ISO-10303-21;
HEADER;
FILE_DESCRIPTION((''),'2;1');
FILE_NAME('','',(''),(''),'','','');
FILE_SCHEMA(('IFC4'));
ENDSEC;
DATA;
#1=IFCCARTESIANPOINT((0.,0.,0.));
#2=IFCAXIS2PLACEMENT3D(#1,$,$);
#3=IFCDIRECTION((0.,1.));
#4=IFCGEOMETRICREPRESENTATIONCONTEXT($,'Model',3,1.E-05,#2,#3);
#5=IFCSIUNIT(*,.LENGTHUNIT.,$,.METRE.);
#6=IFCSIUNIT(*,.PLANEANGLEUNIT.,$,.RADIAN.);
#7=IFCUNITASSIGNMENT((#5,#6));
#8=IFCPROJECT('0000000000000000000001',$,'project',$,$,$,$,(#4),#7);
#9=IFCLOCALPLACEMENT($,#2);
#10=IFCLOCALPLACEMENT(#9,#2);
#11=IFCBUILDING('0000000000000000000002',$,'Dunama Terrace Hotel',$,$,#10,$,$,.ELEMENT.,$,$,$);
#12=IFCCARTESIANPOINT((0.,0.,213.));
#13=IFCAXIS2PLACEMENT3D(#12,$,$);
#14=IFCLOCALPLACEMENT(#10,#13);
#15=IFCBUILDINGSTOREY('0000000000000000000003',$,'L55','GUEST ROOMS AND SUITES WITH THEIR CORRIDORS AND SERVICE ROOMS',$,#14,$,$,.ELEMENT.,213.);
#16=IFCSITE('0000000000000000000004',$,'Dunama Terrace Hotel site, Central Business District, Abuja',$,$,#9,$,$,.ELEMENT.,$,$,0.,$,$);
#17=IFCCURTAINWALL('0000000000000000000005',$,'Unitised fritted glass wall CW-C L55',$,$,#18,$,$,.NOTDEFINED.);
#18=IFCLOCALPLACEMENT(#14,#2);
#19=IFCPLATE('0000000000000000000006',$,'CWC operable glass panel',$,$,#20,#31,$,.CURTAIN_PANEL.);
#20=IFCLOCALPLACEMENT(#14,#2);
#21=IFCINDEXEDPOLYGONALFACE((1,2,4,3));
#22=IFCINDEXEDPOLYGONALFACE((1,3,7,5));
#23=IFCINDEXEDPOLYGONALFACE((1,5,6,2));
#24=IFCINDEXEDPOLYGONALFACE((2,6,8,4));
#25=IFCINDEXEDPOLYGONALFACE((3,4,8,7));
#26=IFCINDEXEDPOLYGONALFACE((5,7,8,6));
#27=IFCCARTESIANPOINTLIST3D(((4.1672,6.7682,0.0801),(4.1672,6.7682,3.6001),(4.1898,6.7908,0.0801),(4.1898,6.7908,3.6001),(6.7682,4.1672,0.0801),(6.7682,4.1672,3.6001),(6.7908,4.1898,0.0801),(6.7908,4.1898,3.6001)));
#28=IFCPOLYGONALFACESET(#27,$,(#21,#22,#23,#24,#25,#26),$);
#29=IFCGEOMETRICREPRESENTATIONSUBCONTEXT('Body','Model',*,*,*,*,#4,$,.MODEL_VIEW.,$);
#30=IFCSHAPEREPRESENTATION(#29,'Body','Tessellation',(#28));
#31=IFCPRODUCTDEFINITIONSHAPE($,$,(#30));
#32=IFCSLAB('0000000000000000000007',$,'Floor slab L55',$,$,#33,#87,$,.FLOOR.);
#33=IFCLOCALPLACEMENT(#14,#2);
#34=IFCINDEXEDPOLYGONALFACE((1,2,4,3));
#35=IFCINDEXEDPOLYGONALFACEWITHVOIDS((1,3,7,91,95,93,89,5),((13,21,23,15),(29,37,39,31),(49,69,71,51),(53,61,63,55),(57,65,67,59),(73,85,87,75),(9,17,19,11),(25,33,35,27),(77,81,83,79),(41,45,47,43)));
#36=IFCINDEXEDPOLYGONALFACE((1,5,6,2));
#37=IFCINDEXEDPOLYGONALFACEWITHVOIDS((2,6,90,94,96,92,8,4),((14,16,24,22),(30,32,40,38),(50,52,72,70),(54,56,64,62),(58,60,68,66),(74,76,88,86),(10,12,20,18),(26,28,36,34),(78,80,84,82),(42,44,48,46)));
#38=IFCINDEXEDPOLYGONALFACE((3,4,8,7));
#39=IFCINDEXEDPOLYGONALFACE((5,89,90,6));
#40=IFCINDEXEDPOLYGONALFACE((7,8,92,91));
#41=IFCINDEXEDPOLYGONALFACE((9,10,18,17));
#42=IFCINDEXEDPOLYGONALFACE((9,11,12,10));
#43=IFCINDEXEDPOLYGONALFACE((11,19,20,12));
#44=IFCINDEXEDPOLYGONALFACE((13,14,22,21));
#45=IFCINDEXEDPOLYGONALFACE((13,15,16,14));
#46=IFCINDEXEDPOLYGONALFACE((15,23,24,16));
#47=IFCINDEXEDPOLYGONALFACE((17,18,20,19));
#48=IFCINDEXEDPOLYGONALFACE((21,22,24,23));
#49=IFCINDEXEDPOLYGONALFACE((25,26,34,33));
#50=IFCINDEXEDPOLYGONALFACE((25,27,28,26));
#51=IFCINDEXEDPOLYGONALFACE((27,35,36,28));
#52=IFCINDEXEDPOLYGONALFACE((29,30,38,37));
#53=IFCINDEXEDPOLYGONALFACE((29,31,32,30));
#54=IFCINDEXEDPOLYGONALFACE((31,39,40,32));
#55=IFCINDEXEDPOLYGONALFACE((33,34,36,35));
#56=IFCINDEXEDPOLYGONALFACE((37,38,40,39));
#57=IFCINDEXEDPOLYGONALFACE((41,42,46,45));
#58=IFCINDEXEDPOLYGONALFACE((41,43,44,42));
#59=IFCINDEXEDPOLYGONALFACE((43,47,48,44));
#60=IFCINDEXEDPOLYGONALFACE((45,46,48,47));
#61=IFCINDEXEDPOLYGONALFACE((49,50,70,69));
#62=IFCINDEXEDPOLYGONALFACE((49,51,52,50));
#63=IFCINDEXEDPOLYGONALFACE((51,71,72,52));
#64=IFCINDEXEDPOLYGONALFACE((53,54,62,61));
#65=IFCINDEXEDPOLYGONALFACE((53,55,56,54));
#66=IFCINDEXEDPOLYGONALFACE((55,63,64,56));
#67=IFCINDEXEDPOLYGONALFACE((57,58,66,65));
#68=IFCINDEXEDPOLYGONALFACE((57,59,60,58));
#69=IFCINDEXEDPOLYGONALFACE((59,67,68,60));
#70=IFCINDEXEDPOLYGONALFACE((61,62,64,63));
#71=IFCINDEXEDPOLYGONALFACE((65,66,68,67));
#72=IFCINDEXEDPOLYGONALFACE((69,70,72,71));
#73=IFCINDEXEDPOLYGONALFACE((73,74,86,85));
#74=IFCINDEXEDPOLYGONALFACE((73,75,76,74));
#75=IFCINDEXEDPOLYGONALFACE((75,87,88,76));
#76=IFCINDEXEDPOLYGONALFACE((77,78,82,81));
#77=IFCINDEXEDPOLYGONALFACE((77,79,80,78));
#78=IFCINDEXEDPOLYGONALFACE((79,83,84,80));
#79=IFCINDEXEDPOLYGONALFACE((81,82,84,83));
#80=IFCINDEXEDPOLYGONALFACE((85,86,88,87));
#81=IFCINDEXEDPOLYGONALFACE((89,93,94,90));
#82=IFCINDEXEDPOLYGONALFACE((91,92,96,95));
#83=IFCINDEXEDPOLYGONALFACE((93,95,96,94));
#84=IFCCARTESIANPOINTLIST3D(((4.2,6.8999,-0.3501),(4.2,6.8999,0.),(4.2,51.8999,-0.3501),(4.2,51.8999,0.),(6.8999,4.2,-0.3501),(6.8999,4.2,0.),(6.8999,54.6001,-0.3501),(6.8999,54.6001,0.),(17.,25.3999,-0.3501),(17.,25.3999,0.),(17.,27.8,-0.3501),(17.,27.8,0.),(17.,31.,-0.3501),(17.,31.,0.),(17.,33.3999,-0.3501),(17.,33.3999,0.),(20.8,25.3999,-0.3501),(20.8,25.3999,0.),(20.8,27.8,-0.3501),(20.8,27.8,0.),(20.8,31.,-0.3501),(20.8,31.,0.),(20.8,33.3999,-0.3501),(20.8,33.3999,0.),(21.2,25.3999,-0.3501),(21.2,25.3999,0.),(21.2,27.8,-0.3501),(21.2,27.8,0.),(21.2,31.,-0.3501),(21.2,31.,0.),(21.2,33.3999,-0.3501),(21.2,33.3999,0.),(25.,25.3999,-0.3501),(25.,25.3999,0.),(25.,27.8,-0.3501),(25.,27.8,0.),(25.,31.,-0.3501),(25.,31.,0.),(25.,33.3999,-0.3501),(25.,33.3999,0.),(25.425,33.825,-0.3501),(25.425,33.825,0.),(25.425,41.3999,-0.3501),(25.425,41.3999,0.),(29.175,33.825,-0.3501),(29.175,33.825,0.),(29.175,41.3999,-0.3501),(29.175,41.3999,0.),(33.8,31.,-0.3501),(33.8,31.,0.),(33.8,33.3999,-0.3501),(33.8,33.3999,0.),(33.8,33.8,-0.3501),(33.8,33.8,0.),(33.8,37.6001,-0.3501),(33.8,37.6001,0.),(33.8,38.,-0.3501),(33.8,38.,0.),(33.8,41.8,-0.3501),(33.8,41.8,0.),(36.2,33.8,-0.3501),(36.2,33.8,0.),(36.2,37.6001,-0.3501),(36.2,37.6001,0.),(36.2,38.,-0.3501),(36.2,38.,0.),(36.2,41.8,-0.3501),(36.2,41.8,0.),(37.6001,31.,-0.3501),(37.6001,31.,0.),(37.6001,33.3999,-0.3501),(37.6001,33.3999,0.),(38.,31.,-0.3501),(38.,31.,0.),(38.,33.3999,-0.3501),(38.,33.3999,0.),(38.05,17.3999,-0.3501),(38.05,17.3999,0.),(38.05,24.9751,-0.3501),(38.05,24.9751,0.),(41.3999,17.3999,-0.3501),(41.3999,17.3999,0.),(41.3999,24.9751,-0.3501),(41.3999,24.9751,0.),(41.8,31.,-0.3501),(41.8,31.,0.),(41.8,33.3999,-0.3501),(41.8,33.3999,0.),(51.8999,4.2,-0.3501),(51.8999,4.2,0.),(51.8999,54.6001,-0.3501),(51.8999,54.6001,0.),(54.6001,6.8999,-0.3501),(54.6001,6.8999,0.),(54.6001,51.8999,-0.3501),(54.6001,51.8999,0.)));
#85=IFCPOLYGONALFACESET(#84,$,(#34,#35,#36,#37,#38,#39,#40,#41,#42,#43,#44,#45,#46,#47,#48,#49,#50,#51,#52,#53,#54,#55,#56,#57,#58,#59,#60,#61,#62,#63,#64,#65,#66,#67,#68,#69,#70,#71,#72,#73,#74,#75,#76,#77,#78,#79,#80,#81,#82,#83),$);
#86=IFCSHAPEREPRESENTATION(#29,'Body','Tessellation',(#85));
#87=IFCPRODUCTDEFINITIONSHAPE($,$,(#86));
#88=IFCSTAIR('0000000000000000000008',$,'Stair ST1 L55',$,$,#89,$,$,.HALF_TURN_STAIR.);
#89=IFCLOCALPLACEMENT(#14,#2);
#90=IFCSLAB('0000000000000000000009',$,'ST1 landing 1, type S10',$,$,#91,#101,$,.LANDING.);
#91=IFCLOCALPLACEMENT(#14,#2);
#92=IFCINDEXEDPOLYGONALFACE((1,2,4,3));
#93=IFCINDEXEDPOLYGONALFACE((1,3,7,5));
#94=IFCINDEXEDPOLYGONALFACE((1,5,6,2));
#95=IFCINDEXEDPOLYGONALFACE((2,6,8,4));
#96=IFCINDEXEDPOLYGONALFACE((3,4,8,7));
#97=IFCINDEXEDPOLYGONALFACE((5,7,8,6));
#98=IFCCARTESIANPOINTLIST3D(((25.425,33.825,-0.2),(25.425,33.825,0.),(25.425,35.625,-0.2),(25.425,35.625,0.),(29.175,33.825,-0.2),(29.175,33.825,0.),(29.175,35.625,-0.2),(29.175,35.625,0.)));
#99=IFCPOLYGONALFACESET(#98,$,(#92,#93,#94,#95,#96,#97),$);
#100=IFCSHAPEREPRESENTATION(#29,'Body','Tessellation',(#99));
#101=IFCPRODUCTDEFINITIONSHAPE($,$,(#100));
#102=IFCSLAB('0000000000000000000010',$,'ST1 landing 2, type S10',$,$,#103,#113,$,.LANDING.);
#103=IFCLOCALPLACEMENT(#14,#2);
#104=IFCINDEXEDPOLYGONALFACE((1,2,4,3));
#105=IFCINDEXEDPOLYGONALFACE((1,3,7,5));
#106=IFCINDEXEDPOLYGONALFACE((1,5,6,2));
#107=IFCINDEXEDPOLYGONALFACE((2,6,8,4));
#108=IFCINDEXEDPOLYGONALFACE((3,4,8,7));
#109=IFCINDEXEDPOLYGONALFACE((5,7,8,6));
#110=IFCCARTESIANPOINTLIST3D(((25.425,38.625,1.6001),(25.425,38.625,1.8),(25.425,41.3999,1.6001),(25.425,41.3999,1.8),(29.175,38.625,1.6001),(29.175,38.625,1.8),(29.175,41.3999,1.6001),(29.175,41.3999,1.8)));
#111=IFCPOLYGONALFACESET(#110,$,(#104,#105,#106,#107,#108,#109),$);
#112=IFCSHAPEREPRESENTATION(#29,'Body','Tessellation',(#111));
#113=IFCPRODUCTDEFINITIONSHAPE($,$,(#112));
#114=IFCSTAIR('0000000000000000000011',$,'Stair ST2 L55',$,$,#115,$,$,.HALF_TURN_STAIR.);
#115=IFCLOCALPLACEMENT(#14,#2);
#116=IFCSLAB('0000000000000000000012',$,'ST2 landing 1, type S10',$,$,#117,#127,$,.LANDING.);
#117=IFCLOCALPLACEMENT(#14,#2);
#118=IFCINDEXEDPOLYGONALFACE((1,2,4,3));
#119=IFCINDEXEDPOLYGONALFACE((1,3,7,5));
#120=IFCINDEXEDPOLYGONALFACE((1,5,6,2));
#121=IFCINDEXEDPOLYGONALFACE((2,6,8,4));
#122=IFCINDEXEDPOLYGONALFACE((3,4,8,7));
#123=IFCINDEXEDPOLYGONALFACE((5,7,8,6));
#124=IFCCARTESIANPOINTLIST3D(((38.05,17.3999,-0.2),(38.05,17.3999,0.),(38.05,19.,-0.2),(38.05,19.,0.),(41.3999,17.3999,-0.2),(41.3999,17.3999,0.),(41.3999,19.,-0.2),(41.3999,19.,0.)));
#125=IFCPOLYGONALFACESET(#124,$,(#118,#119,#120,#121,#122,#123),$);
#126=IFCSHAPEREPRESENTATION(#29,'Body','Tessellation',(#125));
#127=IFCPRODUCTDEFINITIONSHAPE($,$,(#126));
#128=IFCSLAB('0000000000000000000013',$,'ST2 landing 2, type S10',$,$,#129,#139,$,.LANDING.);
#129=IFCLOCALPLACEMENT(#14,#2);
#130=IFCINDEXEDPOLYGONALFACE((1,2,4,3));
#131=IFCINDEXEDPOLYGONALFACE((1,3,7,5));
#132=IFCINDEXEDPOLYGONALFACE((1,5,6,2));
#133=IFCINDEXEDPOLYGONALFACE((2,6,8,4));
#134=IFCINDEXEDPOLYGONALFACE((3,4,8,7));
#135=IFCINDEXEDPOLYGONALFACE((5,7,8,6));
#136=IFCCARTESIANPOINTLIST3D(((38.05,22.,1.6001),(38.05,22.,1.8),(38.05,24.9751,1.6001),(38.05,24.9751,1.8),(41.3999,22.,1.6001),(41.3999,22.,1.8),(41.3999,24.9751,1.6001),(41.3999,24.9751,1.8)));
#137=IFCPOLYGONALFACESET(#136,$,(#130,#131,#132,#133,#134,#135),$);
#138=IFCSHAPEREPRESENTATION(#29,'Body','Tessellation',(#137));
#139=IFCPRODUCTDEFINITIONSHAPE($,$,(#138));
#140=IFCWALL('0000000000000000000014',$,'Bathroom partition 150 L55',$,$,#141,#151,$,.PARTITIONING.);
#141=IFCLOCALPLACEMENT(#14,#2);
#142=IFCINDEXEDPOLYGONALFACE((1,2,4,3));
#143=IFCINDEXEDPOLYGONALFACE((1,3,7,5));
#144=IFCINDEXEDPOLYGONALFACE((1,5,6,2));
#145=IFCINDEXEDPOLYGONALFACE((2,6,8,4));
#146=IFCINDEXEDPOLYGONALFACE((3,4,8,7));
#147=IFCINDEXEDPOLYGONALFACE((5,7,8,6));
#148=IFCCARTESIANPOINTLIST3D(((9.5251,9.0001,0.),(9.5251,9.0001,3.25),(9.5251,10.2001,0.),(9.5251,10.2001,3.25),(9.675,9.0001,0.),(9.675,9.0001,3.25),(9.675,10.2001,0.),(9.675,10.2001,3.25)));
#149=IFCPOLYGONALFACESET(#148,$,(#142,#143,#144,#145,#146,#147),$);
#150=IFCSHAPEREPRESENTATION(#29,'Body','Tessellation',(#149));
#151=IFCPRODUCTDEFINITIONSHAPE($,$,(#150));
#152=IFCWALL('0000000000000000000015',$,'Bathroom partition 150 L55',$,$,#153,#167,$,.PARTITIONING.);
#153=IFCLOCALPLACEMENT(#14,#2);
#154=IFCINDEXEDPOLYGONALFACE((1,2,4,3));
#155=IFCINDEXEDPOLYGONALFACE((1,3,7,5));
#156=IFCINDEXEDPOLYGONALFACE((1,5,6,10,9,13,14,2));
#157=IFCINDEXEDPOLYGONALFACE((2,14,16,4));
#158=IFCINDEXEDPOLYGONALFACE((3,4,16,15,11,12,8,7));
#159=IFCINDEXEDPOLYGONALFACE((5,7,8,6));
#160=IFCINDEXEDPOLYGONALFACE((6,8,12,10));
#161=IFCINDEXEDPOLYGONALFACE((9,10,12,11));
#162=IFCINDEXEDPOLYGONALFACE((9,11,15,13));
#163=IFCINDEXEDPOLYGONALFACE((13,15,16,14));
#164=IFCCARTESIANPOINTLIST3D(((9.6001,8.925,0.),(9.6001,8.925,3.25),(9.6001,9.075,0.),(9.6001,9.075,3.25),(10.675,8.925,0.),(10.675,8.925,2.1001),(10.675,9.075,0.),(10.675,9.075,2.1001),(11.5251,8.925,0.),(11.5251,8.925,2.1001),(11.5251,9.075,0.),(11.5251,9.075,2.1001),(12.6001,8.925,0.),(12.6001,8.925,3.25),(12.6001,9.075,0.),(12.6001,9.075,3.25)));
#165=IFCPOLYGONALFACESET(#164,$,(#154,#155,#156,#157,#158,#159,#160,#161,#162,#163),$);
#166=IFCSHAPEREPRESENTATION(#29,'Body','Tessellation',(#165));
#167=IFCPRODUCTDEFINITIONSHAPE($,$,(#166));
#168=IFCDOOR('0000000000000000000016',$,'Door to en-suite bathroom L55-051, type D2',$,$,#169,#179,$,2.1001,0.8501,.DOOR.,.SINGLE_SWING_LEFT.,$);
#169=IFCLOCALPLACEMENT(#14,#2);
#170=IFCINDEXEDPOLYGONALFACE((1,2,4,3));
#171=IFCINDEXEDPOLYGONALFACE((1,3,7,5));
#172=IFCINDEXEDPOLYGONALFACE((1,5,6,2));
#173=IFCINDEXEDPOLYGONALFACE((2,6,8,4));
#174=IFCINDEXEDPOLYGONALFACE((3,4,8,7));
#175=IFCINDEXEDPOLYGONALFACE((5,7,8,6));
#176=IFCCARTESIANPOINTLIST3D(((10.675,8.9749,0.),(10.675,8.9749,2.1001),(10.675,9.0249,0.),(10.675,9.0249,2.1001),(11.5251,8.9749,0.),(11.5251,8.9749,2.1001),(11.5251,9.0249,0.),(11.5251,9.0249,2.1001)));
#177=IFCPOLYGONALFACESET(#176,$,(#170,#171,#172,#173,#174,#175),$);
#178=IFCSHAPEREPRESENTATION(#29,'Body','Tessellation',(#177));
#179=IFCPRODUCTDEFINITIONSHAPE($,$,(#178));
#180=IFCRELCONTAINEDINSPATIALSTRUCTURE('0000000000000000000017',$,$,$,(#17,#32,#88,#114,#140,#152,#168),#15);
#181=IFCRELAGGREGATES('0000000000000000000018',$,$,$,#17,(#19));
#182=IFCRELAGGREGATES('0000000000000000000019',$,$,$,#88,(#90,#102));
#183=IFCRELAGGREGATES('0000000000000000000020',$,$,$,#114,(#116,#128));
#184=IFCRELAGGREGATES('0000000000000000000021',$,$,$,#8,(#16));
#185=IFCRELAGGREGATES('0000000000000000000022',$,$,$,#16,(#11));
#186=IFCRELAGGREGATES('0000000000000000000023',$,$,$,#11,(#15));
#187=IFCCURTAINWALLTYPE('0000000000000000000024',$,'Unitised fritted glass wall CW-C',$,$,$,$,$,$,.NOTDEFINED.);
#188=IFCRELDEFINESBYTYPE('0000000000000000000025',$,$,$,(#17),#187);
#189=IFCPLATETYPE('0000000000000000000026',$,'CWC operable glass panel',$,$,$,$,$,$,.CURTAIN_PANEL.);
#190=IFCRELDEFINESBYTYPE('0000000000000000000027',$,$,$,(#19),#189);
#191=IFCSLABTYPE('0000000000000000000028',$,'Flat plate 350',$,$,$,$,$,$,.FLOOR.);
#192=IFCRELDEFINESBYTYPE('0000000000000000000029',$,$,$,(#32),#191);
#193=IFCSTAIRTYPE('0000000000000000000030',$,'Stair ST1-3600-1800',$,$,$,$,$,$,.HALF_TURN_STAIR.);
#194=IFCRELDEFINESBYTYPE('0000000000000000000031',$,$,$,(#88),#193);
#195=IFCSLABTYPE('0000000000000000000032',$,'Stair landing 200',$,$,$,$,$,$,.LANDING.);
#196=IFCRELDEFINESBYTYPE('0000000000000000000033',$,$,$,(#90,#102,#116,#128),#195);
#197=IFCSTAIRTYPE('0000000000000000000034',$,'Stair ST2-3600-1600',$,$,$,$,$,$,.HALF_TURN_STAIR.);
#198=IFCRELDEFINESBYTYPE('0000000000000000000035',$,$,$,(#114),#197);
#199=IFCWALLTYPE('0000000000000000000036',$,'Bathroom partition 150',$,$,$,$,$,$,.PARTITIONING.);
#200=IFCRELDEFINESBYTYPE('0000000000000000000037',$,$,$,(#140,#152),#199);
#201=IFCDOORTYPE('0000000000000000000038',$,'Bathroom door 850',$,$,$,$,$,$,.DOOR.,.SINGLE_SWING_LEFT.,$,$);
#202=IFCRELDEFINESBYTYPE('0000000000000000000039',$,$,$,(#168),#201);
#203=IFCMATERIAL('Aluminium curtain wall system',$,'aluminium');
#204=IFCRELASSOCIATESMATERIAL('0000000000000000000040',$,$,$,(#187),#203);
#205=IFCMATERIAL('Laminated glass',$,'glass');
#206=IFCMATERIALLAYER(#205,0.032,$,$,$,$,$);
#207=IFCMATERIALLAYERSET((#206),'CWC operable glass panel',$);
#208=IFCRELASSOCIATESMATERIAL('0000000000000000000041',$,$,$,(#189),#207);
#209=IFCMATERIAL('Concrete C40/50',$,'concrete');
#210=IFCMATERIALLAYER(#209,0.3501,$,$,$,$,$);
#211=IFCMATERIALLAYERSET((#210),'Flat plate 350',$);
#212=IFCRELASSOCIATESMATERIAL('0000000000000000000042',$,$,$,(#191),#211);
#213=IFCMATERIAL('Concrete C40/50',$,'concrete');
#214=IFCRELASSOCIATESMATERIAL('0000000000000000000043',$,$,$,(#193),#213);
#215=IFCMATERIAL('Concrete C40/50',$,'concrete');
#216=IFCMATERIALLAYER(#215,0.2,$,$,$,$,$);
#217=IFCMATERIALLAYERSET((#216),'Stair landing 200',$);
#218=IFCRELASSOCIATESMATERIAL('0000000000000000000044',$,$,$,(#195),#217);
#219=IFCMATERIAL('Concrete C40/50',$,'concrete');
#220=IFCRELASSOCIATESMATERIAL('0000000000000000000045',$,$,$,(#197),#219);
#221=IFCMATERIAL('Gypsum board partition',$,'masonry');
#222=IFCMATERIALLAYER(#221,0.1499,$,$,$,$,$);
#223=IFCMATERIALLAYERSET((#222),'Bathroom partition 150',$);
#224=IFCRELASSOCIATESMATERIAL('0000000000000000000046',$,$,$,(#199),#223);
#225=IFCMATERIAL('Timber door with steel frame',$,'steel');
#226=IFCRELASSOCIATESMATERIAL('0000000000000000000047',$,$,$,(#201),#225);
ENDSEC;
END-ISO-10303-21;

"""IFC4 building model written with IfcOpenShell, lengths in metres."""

from ifc_helpers import new_model, si_unit, direction, frame, frame_2d, origin, origin_2d, place, context, subcontext, project, spatial, polyline, rectangle, outline, extrude, material, layer, layer_set, type_object, element, fill, aggregate, save


model = new_model("IFC4")

# Units and contexts
model_context = context("Model", 3, precision=1e-05, world=origin(), true_north=direction((0.0, 1.0)))
body_context = subcontext(model_context, "Body", "Model", "MODEL_VIEW")
ifc_project = project(units=[si_unit("LENGTHUNIT", "METRE"), si_unit("PLANEANGLEUNIT", "RADIAN")], contexts=[model_context])

# Site, building, storey
site_placement = place(None, origin())
site = spatial("IfcSite", under=ifc_project, at=site_placement, Name="Dunama Terrace Hotel site, Central Business District, Abuja", CompositionType="ELEMENT", RefElevation=0.0)
building_placement = place(site_placement, origin())
building = spatial("IfcBuilding", under=site, at=building_placement, Name="Dunama Terrace Hotel", CompositionType="ELEMENT")
storey_placement = place(building_placement, frame((0.0, 0.0, 213.0)))
storey = spatial("IfcBuildingStorey", under=building, at=storey_placement, Name="L55", Description="GUEST ROOMS AND SUITES WITH THEIR CORRIDORS AND SERVICE ROOMS", CompositionType="ELEMENT", Elevation=213.0)

# Shared definitions
ifc_material_1 = material(Name="Aluminium curtain wall system", Category="aluminium")
curtain_wall_type = type_object("IfcCurtainWallType", Name="Unitised fritted glass wall CW-C", PredefinedType="NOTDEFINED", material=ifc_material_1)

# Curtain wall
curtain_wall_1_placement = place(storey_placement, origin())
curtain_wall_1 = element("IfcCurtainWall", 1, at=curtain_wall_1_placement, inside=storey, type_object=curtain_wall_type, Name="Unitised fritted glass wall CW-C L55", PredefinedType="NOTDEFINED")

# Plate
ifc_material_2 = material(Name="Laminated glass", Category="glass")
ifc_layer_1 = layer(ifc_material_2, 0.032)
ifc_layer_set_1 = layer_set([ifc_layer_1], Name="CWC operable glass panel")
plate_type_1 = type_object("IfcPlateType", Name="CWC operable glass panel", PredefinedType="CURTAIN_PANEL", material=ifc_layer_set_1)
plate_1_placement = place(storey_placement, frame((5.479, 5.479, 0.0801), z_axis=(0.0, 0.0, 1.0), x_axis=(0.707107, -0.707107, 0.0)))
plate_1 = element("IfcPlate", 2, at=plate_1_placement, type_object=plate_type_1, Name="CWC operable glass panel", PredefinedType="CURTAIN_PANEL", context=body_context, shape_type="SweptSolid", body=[
    extrude(rectangle(XDim=3.6785, YDim=0.032, at=origin_2d()), origin(), (0.0, 0.0, 1.0), 3.52),
])
aggregate(curtain_wall_1, [plate_1])

# Slab
ifc_material_3 = material(Name="Concrete C40/50", Category="concrete")
ifc_layer_2 = layer(ifc_material_3, 0.3501)
ifc_layer_set_2 = layer_set([ifc_layer_2], Name="Flat plate 350")
slab_type_1 = type_object("IfcSlabType", Name="Flat plate 350", PredefinedType="FLOOR", material=ifc_layer_set_2)
slab_1_placement = place(storey_placement, frame((0.0, 0.0, -0.3501)))
element("IfcSlab", 3, at=slab_1_placement, inside=storey, type_object=slab_type_1, Name="Floor slab L55", PredefinedType="FLOOR", context=body_context, shape_type="SweptSolid", body=[
    extrude(outline(polyline([(6.8999, 4.2), (51.8999, 4.2), (54.6001, 6.8999), (54.6001, 51.8999), (51.8999, 54.6001), (6.8999, 54.6001), (4.2, 51.8999), (4.2, 6.8999), (6.8999, 4.2)]), holes=[polyline([(20.8, 25.3999), (20.8, 27.8), (17.0, 27.8), (17.0, 25.3999), (20.8, 25.3999)]), polyline([(25.0, 25.3999), (25.0, 27.8), (21.2, 27.8), (21.2, 25.3999), (25.0, 25.3999)]), polyline([(20.8, 31.0), (20.8, 33.3999), (17.0, 33.3999), (17.0, 31.0), (20.8, 31.0)]), polyline([(25.0, 31.0), (25.0, 33.3999), (21.2, 33.3999), (21.2, 31.0), (25.0, 31.0)]), polyline([(37.6001, 31.0), (37.6001, 33.3999), (33.8, 33.3999), (33.8, 31.0), (37.6001, 31.0)]), polyline([(41.8, 31.0), (41.8, 33.3999), (38.0, 33.3999), (38.0, 31.0), (41.8, 31.0)]), polyline([(36.2, 38.0), (36.2, 41.8), (33.8, 41.8), (33.8, 38.0), (36.2, 38.0)]), polyline([(36.2, 33.8), (36.2, 37.6001), (33.8, 37.6001), (33.8, 33.8), (36.2, 33.8)]), polyline([(29.175, 33.825), (29.175, 41.3999), (25.425, 41.3999), (25.425, 33.825), (29.175, 33.825)]), polyline([(41.3999, 17.3999), (41.3999, 24.9751), (38.05, 24.9751), (38.05, 17.3999), (41.3999, 17.3999)])]), origin(), (0.0, 0.0, 1.0), 0.3501),
])

# Stairs, slabs
ifc_material_4 = material(Name="Concrete C40/50", Category="concrete")
stair_type_1 = type_object("IfcStairType", Name="Stair ST1-3600-1800", PredefinedType="HALF_TURN_STAIR", material=ifc_material_4)
stair_1_placement = place(storey_placement, origin())
stair_1 = element("IfcStair", 4, at=stair_1_placement, inside=storey, type_object=stair_type_1, Name="Stair ST1 L55", PredefinedType="HALF_TURN_STAIR")
ifc_material_5 = material(Name="Concrete C40/50", Category="concrete")
ifc_layer_3 = layer(ifc_material_5, 0.2)
ifc_layer_set_3 = layer_set([ifc_layer_3], Name="Stair landing 200")
slab_type_2 = type_object("IfcSlabType", Name="Stair landing 200", PredefinedType="LANDING", material=ifc_layer_set_3)
slab_2_placement = place(storey_placement, frame((0.0, 0.0, -0.2)))
slab_2 = element("IfcSlab", 5, at=slab_2_placement, type_object=slab_type_2, Name="ST1 landing 1, type S10", PredefinedType="LANDING", context=body_context, shape_type="SweptSolid", body=[
    extrude(outline(polyline([(25.425, 33.825), (29.175, 33.825), (29.175, 35.625), (25.425, 35.625), (25.425, 33.825)])), origin(), (0.0, 0.0, 1.0), 0.2),
])
slab_3_placement = place(storey_placement, frame((0.0, 0.0, 1.6001)))
slab_3 = element("IfcSlab", 6, at=slab_3_placement, type_object=slab_type_2, Name="ST1 landing 2, type S10", PredefinedType="LANDING", context=body_context, shape_type="SweptSolid", body=[
    extrude(outline(polyline([(25.425, 38.625), (29.175, 38.625), (29.175, 41.3999), (25.425, 41.3999), (25.425, 38.625)])), origin(), (0.0, 0.0, 1.0), 0.2),
])
aggregate(stair_1, [slab_2, slab_3])
ifc_material_6 = material(Name="Concrete C40/50", Category="concrete")
stair_type_2 = type_object("IfcStairType", Name="Stair ST2-3600-1600", PredefinedType="HALF_TURN_STAIR", material=ifc_material_6)
stair_2_placement = place(storey_placement, origin())
stair_2 = element("IfcStair", 7, at=stair_2_placement, inside=storey, type_object=stair_type_2, Name="Stair ST2 L55", PredefinedType="HALF_TURN_STAIR")
slab_4_placement = place(storey_placement, frame((0.0, 0.0, -0.2)))
slab_4 = element("IfcSlab", 8, at=slab_4_placement, type_object=slab_type_2, Name="ST2 landing 1, type S10", PredefinedType="LANDING", context=body_context, shape_type="SweptSolid", body=[
    extrude(outline(polyline([(38.05, 17.3999), (41.3999, 17.3999), (41.3999, 19.0), (38.05, 19.0), (38.05, 17.3999)])), origin(), (0.0, 0.0, 1.0), 0.2),
])
slab_5_placement = place(storey_placement, frame((0.0, 0.0, 1.6001)))
slab_5 = element("IfcSlab", 9, at=slab_5_placement, type_object=slab_type_2, Name="ST2 landing 2, type S10", PredefinedType="LANDING", context=body_context, shape_type="SweptSolid", body=[
    extrude(outline(polyline([(38.05, 22.0), (41.3999, 22.0), (41.3999, 24.9751), (38.05, 24.9751), (38.05, 22.0)])), origin(), (0.0, 0.0, 1.0), 0.2),
])
aggregate(stair_2, [slab_4, slab_5])

# Wall
ifc_material_7 = material(Name="Gypsum board partition", Category="masonry")
ifc_layer_4 = layer(ifc_material_7, 0.1499)
ifc_layer_set_4 = layer_set([ifc_layer_4], Name="Bathroom partition 150")
wall_type_1 = type_object("IfcWallType", Name="Bathroom partition 150", PredefinedType="PARTITIONING", material=ifc_layer_set_4)
wall_1_placement = place(storey_placement, frame((9.6001, 9.0, 0.0), z_axis=(0.0, 0.0, 1.0), x_axis=(0.0, 1.0, 0.0)))
element("IfcWall", 10, at=wall_1_placement, inside=storey, type_object=wall_type_1, Name="Bathroom partition 150 L55", PredefinedType="PARTITIONING", context=body_context, shape_type="SweptSolid", body=[
    extrude(rectangle(XDim=1.2, YDim=0.1499, at=frame_2d((0.6001, 0.0))), origin(), (0.0, 0.0, 1.0), 3.25),
])

# Wall, opening, door
wall_2_placement = place(storey_placement, frame((9.6001, 9.0, 0.0), z_axis=(0.0, 0.0, 1.0), x_axis=(1.0, 0.0, 0.0)))
wall_2 = element("IfcWall", 11, at=wall_2_placement, inside=storey, type_object=wall_type_1, Name="Bathroom partition 150 L55", PredefinedType="PARTITIONING", context=body_context, shape_type="SweptSolid", body=[
    extrude(rectangle(XDim=3.0, YDim=0.1499, at=frame_2d((1.5, 0.0))), origin(), (0.0, 0.0, 1.0), 3.25),
])
opening_1_placement = place(wall_2_placement, frame((1.075, 0.0, 0.0)))
opening_1 = element("IfcOpeningElement", 12, at=opening_1_placement, cuts=wall_2, PredefinedType="OPENING", context=body_context, shape_type="SweptSolid", body=[
    extrude(rectangle(XDim=0.8501, YDim=2.1001, at=frame_2d((0.425, 1.05))), frame((0.0, 0.085, 0.0), z_axis=(0.0, -1.0, 0.0), x_axis=(1.0, 0.0, 0.0)), (0.0, 0.0, 1.0), 0.1699),
])
ifc_material_8 = material(Name="Timber door with steel frame", Category="steel")
door_type_1 = type_object("IfcDoorType", Name="Bathroom door 850", OperationType="SINGLE_SWING_LEFT", PredefinedType="DOOR", material=ifc_material_8)
door_1_placement = place(opening_1_placement, origin())
door_1 = element("IfcDoor", 13, at=door_1_placement, inside=storey, type_object=door_type_1, Name="Door to en-suite bathroom L55-051, type D2", OperationType="SINGLE_SWING_LEFT", OverallHeight=2.1001, OverallWidth=0.8501, PredefinedType="DOOR", context=body_context, shape_type="SweptSolid", body=[
    extrude(rectangle(XDim=0.8501, YDim=2.1001, at=frame_2d((0.425, 1.05))), frame((0.0, 0.0249, 0.0), z_axis=(0.0, -1.0, 0.0), x_axis=(1.0, 0.0, 0.0)), (0.0, 0.0, 1.0), 0.05),
])
fill(opening_1, door_1)

save(model, "model.ifc")
